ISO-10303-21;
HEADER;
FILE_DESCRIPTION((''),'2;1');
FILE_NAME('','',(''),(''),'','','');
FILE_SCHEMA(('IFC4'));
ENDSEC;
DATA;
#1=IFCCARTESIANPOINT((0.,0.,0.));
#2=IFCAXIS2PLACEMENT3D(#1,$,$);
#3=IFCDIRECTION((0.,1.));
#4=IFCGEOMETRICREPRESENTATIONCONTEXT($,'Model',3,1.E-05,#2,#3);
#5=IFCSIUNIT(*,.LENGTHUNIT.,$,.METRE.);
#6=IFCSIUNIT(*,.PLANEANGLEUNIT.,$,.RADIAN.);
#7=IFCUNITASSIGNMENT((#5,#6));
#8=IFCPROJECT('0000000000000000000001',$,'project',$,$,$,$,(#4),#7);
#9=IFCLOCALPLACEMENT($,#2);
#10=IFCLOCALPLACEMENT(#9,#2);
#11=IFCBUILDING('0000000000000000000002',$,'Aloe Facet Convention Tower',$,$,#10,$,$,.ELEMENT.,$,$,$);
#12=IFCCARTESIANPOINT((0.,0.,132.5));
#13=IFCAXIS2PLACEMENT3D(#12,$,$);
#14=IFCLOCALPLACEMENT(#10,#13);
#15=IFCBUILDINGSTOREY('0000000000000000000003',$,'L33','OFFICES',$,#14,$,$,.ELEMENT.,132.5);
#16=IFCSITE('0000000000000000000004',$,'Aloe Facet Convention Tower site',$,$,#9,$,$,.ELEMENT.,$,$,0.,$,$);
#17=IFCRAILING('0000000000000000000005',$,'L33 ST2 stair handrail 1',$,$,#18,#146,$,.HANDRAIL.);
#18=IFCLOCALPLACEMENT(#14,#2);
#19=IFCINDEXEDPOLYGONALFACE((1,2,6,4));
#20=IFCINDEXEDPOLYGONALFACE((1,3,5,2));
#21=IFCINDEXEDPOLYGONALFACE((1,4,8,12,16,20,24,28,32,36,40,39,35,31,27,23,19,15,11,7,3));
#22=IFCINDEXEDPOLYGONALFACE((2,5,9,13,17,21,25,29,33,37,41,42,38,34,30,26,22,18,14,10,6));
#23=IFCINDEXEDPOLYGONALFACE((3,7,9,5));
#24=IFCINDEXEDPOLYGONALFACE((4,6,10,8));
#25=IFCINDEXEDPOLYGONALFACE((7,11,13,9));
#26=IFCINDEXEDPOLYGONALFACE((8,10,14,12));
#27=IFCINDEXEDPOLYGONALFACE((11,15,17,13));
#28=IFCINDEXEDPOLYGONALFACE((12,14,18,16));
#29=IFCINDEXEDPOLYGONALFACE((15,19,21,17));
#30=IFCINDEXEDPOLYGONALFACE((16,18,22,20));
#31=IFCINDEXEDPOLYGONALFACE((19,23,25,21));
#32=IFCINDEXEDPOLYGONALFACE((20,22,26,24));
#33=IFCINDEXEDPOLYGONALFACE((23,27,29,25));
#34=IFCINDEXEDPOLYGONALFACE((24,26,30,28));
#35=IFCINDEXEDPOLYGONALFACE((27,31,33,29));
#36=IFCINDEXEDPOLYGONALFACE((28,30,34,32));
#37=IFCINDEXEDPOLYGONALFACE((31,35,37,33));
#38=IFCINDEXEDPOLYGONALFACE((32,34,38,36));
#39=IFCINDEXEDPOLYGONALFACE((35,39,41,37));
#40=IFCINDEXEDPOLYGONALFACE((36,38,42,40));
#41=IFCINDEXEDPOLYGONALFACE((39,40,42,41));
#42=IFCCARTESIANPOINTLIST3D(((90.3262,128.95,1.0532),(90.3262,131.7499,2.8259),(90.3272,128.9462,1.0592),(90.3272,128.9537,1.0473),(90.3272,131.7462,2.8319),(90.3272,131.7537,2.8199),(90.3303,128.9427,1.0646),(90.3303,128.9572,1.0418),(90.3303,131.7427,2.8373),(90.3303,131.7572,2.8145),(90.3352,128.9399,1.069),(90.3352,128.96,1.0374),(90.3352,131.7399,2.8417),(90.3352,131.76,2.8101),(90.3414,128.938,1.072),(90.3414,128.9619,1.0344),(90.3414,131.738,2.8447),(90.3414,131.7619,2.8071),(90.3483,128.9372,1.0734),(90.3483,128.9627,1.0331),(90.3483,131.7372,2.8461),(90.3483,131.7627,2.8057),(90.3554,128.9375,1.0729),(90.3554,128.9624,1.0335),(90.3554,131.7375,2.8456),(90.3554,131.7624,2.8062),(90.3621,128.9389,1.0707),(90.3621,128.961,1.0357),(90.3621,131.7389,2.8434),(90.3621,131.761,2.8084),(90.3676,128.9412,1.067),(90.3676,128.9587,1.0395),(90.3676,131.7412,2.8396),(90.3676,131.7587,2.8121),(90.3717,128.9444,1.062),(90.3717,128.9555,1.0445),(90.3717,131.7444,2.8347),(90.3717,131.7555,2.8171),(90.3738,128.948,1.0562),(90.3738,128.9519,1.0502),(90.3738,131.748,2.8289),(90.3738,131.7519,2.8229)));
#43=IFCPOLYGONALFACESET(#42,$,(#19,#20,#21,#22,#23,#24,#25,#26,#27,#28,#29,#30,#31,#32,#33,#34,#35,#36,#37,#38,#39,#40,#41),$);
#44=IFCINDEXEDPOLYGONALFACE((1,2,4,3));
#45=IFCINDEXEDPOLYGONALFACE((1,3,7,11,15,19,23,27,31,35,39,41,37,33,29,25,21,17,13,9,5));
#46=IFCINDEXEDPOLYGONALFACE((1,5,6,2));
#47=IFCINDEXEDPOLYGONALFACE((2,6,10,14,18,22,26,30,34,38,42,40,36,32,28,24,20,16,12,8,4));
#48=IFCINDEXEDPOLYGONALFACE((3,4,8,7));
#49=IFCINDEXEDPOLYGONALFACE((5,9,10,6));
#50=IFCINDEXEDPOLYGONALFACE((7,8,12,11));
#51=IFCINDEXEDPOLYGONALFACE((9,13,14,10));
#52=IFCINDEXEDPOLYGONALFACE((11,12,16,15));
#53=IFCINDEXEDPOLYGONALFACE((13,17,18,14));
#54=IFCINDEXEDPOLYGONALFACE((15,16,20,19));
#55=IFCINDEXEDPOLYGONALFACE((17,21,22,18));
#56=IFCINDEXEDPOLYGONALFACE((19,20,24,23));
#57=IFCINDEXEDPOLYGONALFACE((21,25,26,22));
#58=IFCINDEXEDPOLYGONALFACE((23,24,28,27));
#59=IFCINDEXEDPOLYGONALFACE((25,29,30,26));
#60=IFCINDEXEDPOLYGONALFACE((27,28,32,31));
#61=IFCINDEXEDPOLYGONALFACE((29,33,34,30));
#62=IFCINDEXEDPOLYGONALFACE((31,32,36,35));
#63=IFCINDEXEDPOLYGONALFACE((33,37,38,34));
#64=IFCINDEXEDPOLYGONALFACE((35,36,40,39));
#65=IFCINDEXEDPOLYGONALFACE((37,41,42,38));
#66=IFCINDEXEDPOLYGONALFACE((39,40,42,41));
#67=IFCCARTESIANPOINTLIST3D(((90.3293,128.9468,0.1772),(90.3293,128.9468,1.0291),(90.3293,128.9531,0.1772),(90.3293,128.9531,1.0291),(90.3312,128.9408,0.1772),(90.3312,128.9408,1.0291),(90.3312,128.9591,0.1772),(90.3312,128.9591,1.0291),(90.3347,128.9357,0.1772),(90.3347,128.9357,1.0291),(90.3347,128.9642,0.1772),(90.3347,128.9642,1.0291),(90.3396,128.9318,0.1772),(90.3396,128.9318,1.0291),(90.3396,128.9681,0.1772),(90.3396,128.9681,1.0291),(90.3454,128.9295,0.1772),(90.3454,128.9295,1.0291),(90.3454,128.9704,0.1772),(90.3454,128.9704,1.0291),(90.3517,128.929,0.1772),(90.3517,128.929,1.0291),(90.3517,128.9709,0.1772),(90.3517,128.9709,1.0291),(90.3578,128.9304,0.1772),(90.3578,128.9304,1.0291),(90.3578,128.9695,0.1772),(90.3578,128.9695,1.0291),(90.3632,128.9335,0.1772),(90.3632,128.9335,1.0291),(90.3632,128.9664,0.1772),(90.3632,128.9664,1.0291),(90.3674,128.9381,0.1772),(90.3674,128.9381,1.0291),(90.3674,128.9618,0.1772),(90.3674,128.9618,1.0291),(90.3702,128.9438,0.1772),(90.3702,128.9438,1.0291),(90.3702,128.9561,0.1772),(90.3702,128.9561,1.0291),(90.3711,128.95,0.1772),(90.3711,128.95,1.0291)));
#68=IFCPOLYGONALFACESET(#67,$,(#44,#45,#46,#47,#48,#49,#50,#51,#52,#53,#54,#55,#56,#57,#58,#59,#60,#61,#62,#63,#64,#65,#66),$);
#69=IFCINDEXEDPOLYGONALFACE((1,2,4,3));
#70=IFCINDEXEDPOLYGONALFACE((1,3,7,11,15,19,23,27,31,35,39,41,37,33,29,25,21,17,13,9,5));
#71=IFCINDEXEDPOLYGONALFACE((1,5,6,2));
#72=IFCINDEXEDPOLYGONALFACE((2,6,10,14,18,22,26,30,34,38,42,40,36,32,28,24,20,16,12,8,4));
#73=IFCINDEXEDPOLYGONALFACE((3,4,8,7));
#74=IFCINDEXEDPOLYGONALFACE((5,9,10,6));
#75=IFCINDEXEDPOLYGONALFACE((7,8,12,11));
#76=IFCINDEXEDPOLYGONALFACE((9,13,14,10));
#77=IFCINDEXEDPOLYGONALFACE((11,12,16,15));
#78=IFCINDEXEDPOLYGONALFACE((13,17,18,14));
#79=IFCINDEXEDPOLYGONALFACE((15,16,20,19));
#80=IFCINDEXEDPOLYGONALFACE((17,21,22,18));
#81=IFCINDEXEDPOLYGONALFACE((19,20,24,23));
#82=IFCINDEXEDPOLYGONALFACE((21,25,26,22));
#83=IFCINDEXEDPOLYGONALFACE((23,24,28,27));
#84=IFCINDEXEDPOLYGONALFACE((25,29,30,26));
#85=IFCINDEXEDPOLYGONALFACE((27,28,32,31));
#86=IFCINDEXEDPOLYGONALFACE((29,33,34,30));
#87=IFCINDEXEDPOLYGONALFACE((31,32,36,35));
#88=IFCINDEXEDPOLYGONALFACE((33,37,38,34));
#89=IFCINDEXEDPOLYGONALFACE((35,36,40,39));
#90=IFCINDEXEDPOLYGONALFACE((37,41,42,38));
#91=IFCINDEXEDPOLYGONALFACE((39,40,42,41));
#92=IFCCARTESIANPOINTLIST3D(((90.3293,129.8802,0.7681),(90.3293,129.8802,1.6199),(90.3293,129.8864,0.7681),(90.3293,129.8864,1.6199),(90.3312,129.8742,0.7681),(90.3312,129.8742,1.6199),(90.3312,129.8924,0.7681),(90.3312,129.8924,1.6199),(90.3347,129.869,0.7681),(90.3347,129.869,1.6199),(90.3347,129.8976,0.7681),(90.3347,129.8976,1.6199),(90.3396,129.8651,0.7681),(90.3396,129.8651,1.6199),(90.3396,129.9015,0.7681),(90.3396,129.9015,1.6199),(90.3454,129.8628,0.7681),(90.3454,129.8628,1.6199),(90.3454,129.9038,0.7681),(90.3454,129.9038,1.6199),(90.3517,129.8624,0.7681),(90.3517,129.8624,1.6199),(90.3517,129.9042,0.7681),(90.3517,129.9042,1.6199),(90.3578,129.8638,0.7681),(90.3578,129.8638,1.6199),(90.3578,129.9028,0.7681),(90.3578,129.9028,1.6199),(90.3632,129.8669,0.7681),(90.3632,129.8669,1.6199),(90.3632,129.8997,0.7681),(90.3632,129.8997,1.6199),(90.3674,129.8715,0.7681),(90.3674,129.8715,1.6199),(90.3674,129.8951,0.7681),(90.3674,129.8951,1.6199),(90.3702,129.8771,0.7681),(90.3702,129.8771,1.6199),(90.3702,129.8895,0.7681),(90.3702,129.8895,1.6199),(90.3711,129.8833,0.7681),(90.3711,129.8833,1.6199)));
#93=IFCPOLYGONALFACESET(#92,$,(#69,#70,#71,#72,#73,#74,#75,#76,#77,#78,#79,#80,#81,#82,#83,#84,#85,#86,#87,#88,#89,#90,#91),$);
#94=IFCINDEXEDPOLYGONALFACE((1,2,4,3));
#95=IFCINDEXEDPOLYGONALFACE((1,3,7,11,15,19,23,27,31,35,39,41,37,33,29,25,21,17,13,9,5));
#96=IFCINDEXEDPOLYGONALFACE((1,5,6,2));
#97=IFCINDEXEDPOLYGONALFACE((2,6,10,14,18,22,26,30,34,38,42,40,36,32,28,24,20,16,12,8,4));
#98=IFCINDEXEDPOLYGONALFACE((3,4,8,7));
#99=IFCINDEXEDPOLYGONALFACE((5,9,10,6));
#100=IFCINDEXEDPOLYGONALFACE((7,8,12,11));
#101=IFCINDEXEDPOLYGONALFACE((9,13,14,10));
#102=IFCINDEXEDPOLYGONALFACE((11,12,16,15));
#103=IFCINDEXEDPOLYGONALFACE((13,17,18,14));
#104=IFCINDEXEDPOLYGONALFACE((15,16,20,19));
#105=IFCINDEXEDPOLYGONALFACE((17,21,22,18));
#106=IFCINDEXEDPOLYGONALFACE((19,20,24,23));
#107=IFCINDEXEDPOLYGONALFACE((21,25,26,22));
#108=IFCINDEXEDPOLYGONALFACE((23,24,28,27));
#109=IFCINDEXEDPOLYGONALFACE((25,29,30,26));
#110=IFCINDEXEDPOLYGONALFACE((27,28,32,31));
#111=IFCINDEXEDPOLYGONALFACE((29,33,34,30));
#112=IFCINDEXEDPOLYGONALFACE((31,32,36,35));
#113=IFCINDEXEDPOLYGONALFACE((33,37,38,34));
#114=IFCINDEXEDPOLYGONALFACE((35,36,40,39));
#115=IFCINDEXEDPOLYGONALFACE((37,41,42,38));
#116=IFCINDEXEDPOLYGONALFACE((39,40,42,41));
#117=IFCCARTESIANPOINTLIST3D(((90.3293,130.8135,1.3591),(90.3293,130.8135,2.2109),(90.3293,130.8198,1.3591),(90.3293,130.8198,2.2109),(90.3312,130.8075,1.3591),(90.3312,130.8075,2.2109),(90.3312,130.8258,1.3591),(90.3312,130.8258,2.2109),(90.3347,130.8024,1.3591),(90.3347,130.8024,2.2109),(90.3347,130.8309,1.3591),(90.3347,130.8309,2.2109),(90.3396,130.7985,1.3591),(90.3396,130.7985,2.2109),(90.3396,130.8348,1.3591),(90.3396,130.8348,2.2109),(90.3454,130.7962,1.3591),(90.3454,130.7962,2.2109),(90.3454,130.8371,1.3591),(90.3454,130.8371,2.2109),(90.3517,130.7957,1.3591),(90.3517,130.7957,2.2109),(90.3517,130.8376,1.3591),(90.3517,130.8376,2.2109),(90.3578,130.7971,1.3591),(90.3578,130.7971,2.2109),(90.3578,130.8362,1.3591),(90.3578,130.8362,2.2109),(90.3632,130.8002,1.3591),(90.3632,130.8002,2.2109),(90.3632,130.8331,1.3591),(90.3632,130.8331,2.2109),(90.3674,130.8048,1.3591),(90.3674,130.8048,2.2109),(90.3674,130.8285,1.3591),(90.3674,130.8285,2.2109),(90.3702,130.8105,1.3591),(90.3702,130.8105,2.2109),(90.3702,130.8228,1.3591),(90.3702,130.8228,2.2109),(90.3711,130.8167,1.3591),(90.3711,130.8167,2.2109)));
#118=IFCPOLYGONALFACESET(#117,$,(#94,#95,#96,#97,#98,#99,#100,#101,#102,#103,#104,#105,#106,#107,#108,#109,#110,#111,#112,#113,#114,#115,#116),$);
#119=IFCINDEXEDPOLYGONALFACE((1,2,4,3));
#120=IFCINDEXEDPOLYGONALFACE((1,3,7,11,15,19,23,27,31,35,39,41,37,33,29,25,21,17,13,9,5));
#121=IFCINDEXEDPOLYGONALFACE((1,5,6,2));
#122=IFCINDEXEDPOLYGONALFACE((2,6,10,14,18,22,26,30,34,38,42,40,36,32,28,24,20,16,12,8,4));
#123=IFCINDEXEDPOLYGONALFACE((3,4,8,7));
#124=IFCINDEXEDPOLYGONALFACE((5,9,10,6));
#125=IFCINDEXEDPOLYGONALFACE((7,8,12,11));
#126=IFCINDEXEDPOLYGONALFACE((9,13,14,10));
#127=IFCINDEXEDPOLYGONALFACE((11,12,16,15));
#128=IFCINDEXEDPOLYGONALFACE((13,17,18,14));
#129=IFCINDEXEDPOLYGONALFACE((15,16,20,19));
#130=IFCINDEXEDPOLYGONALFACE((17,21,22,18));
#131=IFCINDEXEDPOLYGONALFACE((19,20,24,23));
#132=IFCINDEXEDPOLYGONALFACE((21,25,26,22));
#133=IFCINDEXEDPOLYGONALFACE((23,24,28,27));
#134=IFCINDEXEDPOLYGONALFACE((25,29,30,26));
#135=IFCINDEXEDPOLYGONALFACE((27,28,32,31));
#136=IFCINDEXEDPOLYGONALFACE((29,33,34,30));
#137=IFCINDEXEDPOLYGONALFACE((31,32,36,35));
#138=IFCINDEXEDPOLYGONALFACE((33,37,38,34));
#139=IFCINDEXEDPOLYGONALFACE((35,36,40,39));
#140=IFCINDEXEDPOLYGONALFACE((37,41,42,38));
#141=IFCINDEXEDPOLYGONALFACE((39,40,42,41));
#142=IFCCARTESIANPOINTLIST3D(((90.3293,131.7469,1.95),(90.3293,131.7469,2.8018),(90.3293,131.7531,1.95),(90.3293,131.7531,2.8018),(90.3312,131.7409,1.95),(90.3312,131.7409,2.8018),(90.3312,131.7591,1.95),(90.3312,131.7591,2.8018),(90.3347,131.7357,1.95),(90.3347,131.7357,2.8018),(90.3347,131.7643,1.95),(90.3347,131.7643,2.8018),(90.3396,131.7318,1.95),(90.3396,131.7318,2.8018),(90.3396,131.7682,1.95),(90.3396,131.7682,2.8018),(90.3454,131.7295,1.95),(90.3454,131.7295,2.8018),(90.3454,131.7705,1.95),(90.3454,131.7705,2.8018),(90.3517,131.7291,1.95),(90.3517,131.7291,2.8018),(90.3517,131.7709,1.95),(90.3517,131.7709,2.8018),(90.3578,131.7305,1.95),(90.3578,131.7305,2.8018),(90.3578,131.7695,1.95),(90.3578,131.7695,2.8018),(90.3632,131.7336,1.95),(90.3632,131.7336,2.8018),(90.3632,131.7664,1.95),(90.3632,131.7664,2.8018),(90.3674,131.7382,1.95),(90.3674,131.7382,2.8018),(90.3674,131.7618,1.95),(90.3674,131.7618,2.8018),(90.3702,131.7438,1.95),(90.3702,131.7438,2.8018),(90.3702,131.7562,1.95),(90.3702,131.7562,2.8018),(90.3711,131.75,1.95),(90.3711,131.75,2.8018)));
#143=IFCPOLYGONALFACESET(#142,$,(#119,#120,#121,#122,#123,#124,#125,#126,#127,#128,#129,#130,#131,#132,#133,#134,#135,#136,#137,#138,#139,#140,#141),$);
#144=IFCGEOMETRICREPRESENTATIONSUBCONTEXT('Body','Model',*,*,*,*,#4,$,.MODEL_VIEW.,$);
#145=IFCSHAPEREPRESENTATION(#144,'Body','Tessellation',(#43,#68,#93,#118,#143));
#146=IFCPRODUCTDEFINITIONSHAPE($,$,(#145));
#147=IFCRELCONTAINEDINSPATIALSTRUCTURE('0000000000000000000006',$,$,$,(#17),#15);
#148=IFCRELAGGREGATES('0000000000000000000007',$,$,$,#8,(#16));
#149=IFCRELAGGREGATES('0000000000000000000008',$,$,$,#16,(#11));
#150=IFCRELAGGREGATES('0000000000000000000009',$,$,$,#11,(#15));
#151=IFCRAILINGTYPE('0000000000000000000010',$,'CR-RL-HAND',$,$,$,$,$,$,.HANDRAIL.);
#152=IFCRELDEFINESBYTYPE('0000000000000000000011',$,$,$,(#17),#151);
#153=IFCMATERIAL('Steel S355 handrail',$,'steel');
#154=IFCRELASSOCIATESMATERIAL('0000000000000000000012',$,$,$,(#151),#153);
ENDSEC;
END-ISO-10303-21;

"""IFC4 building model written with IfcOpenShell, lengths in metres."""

from ifc_helpers import new_model, si_unit, direction, frame, origin, origin_2d, place, context, subcontext, project, spatial, circle, extrude, material, type_object, element, save


model = new_model("IFC4")

# Units and contexts
model_context = context("Model", 3, precision=1e-05, world=origin(), true_north=direction((0.0, 1.0)))
body_context = subcontext(model_context, "Body", "Model", "MODEL_VIEW")
ifc_project = project(units=[si_unit("LENGTHUNIT", "METRE"), si_unit("PLANEANGLEUNIT", "RADIAN")], contexts=[model_context])

# Site, building, storey
site_placement = place(None, origin())
site = spatial("IfcSite", under=ifc_project, at=site_placement, Name="Aloe Facet Convention Tower site", CompositionType="ELEMENT", RefElevation=0.0)
building_placement = place(site_placement, origin())
building = spatial("IfcBuilding", under=site, at=building_placement, Name="Aloe Facet Convention Tower", CompositionType="ELEMENT")
storey_placement = place(building_placement, frame((0.0, 0.0, 132.5)))
storey = spatial("IfcBuildingStorey", under=building, at=storey_placement, Name="L33", Description="OFFICES", CompositionType="ELEMENT", Elevation=132.5)

# Railing
ifc_material_1 = material(Name="Steel S355 handrail", Category="steel")
railing_type_1 = type_object("IfcRailingType", Name="CR-RL-HAND", PredefinedType="HANDRAIL", material=ifc_material_1)
railing_1_placement = place(storey_placement, frame((90.3501, 128.95, 0.1772)))
element("IfcRailing", 1, at=railing_1_placement, inside=storey, type_object=railing_type_1, Name="L33 ST2 stair handrail 1", PredefinedType="HANDRAIL", context=body_context, shape_type="SweptSolid", body=[
    extrude(circle(Radius=0.0239, at=origin_2d()), frame((0.0, 0.0, 0.876), z_axis=(0.0, 0.844909, 0.53491), x_axis=(-1.0, 0.0, 0.0)), (0.0, 0.0, 1.0), 3.314),
    extrude(circle(Radius=0.021, at=origin_2d()), origin(), (0.0, 0.0, 1.0), 0.8518),
    extrude(circle(Radius=0.021, at=origin_2d()), frame((0.0, 0.9333, 0.5908)), (0.0, 0.0, 1.0), 0.8518),
    extrude(circle(Radius=0.021, at=origin_2d()), frame((0.0, 1.8667, 1.1819)), (0.0, 0.0, 1.0), 0.8518),
    extrude(circle(Radius=0.021, at=origin_2d()), frame((0.0, 2.8, 1.7727)), (0.0, 0.0, 1.0), 0.8518),
])

save(model, "model.ifc")
